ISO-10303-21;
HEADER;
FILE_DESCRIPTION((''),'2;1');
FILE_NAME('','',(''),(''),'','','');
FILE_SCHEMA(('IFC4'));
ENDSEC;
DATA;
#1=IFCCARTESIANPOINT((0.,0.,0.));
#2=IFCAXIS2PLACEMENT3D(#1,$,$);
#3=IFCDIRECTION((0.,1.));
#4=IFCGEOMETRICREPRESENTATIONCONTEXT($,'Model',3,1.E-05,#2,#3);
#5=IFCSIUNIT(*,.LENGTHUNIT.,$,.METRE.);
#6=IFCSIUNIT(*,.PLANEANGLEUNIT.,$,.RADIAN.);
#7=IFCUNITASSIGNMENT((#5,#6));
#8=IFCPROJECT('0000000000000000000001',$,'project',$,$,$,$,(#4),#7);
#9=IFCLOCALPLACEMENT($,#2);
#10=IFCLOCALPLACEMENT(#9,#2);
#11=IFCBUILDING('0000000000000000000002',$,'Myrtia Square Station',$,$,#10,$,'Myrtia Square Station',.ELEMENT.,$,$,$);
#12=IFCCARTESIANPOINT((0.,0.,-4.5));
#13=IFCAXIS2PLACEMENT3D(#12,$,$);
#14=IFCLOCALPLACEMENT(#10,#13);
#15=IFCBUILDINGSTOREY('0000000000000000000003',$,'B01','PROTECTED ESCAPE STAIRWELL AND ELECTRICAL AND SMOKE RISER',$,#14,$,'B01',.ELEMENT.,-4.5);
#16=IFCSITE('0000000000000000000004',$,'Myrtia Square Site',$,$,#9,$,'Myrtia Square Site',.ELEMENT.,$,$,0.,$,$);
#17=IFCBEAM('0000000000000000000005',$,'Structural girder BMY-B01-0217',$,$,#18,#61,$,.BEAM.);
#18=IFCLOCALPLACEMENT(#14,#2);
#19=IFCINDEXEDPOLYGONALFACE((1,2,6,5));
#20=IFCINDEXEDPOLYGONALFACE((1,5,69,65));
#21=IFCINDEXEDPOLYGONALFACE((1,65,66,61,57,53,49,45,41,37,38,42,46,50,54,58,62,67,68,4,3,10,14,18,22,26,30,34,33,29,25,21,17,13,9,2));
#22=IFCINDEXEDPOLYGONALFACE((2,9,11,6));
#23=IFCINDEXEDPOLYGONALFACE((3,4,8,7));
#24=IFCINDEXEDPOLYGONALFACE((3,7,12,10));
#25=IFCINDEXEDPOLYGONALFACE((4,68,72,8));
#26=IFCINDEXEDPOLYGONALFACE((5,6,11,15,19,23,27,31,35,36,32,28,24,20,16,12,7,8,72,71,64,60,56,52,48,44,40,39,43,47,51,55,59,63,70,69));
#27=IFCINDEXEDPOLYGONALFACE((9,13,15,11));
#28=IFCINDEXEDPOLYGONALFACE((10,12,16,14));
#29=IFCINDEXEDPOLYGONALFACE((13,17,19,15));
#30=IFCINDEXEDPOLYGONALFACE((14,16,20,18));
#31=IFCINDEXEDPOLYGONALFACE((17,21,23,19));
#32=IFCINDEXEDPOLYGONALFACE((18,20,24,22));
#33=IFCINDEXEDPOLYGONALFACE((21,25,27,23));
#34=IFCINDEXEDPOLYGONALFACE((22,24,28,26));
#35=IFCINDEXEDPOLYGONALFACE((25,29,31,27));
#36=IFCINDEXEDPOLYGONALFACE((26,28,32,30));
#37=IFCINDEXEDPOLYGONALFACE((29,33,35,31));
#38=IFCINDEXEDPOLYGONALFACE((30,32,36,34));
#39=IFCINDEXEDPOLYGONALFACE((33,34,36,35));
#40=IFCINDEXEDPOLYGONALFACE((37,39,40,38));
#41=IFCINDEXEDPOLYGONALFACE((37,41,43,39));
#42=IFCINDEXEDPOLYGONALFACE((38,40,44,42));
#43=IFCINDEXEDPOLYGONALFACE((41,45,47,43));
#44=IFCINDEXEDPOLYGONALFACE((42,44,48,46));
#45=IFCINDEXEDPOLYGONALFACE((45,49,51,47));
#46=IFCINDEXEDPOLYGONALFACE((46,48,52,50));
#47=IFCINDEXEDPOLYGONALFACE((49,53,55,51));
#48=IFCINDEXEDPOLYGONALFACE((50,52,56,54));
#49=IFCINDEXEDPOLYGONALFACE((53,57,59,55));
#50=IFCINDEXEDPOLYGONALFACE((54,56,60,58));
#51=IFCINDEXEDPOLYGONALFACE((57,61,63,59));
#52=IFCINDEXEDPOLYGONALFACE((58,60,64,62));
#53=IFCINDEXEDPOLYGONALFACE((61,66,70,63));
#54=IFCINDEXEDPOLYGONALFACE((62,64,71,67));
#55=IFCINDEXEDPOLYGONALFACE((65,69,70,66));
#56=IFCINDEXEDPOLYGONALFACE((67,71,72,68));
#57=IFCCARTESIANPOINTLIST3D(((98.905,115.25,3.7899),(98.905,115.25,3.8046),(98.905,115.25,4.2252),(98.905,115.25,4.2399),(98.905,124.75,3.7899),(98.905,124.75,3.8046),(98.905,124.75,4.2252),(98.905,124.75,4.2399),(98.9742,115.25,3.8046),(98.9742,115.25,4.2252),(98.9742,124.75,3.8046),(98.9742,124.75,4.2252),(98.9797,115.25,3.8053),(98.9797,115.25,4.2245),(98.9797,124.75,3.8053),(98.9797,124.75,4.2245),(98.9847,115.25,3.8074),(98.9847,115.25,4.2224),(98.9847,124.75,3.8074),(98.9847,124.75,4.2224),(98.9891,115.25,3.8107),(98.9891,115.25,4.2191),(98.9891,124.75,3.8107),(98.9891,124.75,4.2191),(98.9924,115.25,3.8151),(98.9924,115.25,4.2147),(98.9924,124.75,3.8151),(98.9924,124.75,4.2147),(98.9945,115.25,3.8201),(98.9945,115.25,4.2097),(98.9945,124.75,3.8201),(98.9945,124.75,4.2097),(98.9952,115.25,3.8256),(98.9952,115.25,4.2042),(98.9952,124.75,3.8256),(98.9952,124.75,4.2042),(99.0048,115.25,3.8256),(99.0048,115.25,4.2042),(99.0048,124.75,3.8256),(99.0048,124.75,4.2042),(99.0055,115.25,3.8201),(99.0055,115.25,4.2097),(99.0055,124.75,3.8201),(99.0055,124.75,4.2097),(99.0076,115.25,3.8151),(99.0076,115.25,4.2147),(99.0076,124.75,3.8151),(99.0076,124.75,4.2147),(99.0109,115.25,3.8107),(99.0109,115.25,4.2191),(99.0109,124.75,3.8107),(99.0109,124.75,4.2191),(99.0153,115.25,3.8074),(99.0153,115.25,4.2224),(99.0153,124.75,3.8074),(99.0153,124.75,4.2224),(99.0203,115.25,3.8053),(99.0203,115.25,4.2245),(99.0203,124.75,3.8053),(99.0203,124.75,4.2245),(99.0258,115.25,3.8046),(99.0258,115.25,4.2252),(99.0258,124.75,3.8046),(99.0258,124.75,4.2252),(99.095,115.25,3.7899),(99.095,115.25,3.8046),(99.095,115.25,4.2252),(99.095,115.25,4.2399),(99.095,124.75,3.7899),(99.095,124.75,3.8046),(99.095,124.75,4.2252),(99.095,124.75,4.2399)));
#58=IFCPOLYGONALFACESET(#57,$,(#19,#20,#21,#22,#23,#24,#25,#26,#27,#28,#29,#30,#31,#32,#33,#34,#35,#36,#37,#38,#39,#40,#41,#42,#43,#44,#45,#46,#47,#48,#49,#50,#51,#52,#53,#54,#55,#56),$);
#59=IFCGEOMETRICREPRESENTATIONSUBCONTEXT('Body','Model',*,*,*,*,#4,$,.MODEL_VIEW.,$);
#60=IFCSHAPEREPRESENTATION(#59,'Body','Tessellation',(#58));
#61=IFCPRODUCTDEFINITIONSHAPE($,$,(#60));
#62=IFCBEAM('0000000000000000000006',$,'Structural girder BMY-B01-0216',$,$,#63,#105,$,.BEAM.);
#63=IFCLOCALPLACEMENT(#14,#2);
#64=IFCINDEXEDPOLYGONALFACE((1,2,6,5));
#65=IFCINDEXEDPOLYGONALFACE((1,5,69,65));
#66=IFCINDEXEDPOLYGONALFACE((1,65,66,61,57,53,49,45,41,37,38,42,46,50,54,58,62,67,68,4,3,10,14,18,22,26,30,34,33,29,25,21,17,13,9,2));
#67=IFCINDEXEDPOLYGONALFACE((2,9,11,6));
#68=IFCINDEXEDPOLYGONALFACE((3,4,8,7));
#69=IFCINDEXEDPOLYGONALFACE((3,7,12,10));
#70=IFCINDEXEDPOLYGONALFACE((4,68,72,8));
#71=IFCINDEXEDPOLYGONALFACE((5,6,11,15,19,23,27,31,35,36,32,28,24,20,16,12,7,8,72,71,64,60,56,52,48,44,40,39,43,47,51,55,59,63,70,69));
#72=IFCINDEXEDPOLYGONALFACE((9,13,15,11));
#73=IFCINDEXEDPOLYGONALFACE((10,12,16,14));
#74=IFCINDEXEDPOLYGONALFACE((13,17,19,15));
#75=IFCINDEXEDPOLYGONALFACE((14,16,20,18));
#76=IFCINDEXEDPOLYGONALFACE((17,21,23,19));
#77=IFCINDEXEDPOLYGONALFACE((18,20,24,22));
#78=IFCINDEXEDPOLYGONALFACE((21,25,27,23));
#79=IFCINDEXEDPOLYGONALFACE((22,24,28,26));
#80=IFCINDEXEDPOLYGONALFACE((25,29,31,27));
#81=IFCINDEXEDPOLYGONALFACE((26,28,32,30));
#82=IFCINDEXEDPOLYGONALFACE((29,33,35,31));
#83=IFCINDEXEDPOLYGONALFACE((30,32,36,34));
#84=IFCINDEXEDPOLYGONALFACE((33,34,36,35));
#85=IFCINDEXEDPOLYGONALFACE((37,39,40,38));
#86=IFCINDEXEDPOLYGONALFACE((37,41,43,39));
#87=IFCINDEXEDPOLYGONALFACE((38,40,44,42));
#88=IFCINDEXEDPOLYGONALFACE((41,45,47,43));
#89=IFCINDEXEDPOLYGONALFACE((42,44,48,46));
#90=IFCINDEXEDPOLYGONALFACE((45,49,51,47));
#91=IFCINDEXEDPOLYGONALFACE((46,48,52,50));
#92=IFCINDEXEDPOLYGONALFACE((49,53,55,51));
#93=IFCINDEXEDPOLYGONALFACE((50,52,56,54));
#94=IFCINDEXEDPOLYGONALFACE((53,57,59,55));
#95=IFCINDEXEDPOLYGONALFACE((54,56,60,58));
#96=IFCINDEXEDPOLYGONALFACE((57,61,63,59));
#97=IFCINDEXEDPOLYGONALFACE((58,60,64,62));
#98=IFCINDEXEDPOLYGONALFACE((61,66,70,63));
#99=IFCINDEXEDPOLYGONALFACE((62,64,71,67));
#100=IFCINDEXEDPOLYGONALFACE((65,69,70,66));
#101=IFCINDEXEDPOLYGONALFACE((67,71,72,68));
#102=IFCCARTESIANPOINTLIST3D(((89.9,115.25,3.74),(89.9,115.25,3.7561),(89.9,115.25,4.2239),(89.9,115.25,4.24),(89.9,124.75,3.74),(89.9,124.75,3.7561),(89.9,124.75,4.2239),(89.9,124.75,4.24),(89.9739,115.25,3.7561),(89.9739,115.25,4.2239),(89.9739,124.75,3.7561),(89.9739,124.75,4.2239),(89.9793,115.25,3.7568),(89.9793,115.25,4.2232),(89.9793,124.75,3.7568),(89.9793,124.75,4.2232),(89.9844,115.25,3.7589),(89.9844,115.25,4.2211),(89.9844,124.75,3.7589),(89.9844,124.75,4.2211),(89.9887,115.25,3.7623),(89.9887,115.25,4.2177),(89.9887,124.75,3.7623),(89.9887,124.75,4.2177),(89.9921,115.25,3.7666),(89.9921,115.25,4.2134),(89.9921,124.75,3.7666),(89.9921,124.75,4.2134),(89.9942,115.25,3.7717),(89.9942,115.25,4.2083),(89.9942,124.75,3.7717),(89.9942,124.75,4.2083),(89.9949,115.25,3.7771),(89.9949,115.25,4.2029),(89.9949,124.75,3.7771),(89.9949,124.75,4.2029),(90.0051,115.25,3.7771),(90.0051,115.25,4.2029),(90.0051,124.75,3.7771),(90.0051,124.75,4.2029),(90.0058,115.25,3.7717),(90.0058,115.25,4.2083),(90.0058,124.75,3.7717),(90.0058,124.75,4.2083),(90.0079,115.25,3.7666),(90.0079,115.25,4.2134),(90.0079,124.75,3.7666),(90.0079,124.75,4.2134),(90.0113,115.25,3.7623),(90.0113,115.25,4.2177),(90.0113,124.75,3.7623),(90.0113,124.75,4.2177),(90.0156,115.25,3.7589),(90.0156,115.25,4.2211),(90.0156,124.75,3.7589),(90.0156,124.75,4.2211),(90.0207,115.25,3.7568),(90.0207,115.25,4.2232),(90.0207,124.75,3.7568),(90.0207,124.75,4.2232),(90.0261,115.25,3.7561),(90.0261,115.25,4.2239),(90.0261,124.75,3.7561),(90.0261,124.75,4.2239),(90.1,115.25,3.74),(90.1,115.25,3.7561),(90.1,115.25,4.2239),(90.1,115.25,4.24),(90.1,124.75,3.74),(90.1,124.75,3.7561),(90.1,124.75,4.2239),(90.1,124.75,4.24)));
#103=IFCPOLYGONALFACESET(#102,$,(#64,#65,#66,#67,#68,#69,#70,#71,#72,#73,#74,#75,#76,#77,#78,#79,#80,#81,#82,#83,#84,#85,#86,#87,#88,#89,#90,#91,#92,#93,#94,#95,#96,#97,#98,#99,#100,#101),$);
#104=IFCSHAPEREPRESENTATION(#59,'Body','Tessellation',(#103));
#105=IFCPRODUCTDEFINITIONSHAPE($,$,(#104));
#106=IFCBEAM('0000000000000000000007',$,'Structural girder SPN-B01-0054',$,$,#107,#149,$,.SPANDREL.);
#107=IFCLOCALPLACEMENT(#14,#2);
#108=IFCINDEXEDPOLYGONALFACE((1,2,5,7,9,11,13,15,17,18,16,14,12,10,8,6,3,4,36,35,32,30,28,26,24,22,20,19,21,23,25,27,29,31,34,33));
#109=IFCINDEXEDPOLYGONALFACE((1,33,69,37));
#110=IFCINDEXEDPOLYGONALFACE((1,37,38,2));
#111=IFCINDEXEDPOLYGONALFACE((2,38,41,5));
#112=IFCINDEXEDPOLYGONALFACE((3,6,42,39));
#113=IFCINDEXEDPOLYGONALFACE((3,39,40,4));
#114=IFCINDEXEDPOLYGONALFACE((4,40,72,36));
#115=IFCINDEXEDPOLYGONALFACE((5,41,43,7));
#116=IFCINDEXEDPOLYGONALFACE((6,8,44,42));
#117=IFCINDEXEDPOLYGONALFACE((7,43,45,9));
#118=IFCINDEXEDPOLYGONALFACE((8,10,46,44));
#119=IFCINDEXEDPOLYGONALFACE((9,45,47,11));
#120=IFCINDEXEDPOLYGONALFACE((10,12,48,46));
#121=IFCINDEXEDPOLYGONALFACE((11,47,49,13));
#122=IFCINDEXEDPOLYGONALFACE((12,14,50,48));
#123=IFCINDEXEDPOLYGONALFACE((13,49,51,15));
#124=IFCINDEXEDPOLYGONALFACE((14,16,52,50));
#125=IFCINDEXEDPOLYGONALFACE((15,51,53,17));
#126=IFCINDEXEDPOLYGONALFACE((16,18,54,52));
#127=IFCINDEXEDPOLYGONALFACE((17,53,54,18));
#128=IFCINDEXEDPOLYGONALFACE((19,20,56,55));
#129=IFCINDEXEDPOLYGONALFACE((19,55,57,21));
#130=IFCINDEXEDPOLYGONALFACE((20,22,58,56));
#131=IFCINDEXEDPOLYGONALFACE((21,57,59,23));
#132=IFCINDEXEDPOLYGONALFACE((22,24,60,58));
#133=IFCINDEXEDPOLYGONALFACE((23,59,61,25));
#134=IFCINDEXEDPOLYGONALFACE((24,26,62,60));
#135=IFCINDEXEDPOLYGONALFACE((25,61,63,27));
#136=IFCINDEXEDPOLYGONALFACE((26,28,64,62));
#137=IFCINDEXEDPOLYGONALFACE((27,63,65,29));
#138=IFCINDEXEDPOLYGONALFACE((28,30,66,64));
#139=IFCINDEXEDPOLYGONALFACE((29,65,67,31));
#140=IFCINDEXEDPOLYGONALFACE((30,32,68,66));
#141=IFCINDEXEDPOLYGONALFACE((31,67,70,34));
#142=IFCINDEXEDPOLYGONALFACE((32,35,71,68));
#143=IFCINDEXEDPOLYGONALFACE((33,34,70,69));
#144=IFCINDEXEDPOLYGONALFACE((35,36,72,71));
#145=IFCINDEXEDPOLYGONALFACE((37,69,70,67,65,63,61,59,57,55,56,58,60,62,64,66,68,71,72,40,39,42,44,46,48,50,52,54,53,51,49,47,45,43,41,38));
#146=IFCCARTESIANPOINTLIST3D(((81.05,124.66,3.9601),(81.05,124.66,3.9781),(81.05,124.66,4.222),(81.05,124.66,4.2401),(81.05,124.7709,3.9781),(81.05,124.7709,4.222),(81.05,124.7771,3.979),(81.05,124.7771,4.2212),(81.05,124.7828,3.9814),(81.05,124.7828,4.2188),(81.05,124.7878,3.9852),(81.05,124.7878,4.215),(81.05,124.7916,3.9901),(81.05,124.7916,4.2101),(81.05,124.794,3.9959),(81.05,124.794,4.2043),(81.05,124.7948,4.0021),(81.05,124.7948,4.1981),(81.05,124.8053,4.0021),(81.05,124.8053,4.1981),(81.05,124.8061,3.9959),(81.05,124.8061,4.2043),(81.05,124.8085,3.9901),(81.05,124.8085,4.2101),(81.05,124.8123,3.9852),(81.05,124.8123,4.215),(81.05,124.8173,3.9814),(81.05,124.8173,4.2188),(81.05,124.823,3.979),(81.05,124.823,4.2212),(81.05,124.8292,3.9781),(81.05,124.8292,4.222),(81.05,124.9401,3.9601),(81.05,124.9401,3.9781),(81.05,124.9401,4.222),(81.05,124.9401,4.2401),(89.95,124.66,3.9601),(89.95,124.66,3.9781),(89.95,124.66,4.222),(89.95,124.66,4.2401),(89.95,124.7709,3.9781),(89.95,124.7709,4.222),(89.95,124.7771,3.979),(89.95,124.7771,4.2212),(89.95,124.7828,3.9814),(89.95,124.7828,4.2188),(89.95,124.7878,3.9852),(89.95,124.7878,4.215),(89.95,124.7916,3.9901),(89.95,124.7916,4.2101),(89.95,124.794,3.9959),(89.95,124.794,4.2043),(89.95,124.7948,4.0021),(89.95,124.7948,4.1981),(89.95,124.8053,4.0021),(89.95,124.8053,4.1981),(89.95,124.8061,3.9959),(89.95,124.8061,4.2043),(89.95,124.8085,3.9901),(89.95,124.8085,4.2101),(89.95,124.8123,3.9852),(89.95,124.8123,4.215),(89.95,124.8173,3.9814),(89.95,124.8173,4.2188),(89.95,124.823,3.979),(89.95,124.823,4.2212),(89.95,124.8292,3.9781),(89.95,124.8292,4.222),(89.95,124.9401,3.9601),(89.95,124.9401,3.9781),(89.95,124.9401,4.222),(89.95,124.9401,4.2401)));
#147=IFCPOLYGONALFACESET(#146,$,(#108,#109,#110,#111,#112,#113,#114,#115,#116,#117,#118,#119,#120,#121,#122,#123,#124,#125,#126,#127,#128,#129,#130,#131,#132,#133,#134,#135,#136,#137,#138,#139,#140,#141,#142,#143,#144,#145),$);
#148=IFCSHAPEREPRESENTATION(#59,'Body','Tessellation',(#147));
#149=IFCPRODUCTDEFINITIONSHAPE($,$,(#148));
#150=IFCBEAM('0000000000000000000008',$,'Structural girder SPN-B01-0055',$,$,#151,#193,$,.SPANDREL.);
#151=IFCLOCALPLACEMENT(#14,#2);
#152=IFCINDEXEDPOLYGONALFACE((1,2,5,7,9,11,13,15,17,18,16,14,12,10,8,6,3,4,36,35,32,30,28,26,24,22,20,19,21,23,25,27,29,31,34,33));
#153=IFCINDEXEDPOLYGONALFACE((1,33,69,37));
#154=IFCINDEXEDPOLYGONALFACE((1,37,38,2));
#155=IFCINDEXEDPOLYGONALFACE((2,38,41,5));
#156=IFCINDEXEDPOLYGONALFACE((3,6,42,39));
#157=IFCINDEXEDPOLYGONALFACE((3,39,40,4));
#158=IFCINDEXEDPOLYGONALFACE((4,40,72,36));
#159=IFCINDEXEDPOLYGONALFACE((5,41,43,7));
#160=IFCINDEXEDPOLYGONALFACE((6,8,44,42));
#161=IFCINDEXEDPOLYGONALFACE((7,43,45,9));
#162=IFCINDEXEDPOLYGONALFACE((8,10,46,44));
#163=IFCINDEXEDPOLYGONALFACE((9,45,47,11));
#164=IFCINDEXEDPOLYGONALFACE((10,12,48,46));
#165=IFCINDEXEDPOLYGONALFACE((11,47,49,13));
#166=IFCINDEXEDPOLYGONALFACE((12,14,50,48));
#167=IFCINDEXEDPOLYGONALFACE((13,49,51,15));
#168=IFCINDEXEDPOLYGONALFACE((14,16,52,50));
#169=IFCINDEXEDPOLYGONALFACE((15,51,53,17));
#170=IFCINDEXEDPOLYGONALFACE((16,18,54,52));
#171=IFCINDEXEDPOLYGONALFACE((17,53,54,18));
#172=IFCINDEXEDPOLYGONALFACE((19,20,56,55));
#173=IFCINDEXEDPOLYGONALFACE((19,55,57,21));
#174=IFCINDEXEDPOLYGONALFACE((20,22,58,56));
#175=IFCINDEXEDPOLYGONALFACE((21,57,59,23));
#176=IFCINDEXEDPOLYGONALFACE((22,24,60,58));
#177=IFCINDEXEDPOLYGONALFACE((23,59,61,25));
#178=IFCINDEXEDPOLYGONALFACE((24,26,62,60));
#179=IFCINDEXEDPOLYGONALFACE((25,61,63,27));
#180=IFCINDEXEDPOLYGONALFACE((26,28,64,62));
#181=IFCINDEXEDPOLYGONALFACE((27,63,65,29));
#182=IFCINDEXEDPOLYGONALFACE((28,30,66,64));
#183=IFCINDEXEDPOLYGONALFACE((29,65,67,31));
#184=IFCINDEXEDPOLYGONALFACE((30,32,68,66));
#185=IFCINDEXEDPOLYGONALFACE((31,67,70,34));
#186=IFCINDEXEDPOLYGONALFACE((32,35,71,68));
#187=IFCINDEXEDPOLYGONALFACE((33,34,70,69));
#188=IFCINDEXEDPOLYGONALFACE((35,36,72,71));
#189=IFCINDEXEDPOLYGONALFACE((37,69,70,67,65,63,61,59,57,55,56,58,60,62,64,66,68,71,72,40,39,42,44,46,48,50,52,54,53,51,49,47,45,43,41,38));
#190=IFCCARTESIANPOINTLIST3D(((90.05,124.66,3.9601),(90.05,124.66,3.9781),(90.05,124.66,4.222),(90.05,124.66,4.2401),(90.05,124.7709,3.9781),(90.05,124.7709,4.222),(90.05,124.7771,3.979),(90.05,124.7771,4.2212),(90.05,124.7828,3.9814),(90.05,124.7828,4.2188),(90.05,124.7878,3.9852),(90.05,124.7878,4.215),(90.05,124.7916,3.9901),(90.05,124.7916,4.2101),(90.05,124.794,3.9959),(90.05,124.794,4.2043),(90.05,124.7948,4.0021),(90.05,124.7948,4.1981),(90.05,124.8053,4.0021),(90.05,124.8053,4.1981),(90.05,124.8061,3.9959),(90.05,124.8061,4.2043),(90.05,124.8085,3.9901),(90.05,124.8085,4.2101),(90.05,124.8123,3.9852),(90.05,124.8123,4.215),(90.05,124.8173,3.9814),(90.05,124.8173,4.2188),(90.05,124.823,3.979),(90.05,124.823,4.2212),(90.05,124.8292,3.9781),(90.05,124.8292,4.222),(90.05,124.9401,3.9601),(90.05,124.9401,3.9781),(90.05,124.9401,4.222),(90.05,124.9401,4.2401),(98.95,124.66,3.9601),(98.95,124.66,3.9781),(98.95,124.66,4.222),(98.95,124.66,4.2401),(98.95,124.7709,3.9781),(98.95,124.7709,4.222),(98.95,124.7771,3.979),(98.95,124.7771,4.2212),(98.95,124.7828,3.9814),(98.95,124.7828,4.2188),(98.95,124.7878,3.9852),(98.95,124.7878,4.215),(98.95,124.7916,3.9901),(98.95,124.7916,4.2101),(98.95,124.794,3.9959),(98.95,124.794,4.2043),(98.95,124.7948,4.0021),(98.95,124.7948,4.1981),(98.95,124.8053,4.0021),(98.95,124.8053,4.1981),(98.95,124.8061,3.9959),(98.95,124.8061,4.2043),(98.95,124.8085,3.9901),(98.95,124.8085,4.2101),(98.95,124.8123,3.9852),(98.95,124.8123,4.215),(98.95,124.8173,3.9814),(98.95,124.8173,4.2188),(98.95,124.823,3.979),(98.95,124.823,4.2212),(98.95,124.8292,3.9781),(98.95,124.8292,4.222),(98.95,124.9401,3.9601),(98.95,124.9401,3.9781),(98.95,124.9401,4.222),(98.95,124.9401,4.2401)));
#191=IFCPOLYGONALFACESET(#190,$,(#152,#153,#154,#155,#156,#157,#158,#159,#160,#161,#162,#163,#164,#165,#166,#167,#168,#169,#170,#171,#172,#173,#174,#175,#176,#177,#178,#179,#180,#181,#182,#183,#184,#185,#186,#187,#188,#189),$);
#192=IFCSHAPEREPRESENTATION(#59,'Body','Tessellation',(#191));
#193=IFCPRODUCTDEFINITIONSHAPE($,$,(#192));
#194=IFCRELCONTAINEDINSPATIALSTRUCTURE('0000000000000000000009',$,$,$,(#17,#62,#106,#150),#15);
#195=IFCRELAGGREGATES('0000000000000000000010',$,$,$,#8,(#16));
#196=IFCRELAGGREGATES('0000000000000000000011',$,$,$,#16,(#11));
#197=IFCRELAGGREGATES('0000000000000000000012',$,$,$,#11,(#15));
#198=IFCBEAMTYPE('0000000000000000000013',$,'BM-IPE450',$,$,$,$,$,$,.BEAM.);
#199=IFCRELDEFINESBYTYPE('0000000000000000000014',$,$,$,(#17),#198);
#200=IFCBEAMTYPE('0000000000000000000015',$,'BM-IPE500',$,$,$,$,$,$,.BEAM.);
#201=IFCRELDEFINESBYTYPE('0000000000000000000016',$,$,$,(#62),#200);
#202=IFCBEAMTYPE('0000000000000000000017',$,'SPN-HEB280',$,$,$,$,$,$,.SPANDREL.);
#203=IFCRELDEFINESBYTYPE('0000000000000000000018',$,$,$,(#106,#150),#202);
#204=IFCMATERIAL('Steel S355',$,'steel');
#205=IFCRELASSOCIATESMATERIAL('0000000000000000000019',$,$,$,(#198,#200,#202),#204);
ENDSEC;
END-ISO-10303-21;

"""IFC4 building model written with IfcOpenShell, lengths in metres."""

from ifc_helpers import new_model, si_unit, direction, frame, origin, origin_2d, place, context, subcontext, project, spatial, i_section, extrude, material, material_profile, profile_set, type_object, element, save


model = new_model("IFC4")

# Units and contexts
model_context = context("Model", 3, precision=1e-05, world=origin(), true_north=direction((0.0, 1.0)))
body_context = subcontext(model_context, "Body", "Model", "MODEL_VIEW")
ifc_project = project(units=[si_unit("LENGTHUNIT", "METRE"), si_unit("PLANEANGLEUNIT", "RADIAN")], contexts=[model_context])

# Site, building, storey
site_placement = place(None, origin())
site = spatial("IfcSite", under=ifc_project, at=site_placement, Name="Myrtia Square Site", LongName="Myrtia Square Site", CompositionType="ELEMENT", RefElevation=0.0)
building_placement = place(site_placement, origin())
building = spatial("IfcBuilding", under=site, at=building_placement, Name="Myrtia Square Station", LongName="Myrtia Square Station", CompositionType="ELEMENT")
storey_placement = place(building_placement, frame((0.0, 0.0, -4.5)))
storey = spatial("IfcBuildingStorey", under=building, at=storey_placement, Name="B01", Description="PROTECTED ESCAPE STAIRWELL AND ELECTRICAL AND SMOKE RISER", LongName="B01", CompositionType="ELEMENT", Elevation=-4.5)

# Beams
ifc_material_1 = material(Name="Steel S355", Category="steel")
ifc_material_profile_1 = material_profile(ifc_material_1, i_section(OverallWidth=0.1899, OverallDepth=0.45, WebThickness=0.0095, FlangeThickness=0.0146, FilletRadius=0.021, at=origin_2d()), Name="IPE 450")
ifc_profile_set_1 = profile_set([ifc_material_profile_1], Name="Steel S355")
beam_type_1 = type_object("IfcBeamType", Name="BM-IPE450", PredefinedType="BEAM", material=ifc_profile_set_1)
beam_1_placement = place(storey_placement, frame((99.0, 115.25, 4.0149), z_axis=(0.0, 1.0, 0.0), x_axis=(-1.0, 0.0, 0.0)))
element("IfcBeam", 1, at=beam_1_placement, inside=storey, type_object=beam_type_1, Name="Structural girder BMY-B01-0217", PredefinedType="BEAM", context=body_context, shape_type="SweptSolid", body=[
    extrude(i_section(OverallWidth=0.1899, OverallDepth=0.45, WebThickness=0.0095, FlangeThickness=0.0146, FilletRadius=0.021, at=origin_2d()), origin(), (0.0, 0.0, 1.0), 9.5),
])
ifc_material_profile_2 = material_profile(ifc_material_1, i_section(OverallWidth=0.2, OverallDepth=0.5, WebThickness=0.0103, FlangeThickness=0.0161, FilletRadius=0.021, at=origin_2d()), Name="IPE 500")
ifc_profile_set_2 = profile_set([ifc_material_profile_2], Name="Steel S355")
beam_type_2 = type_object("IfcBeamType", Name="BM-IPE500", PredefinedType="BEAM", material=ifc_profile_set_2)
beam_2_placement = place(storey_placement, frame((90.0, 115.25, 3.99), z_axis=(0.0, 1.0, 0.0), x_axis=(-1.0, 0.0, 0.0)))
element("IfcBeam", 2, at=beam_2_placement, inside=storey, type_object=beam_type_2, Name="Structural girder BMY-B01-0216", PredefinedType="BEAM", context=body_context, shape_type="SweptSolid", body=[
    extrude(i_section(OverallWidth=0.2, OverallDepth=0.5, WebThickness=0.0103, FlangeThickness=0.0161, FilletRadius=0.021, at=origin_2d()), origin(), (0.0, 0.0, 1.0), 9.5),
])
ifc_material_profile_3 = material_profile(ifc_material_1, i_section(OverallWidth=0.28, OverallDepth=0.28, WebThickness=0.0105, FlangeThickness=0.0181, FilletRadius=0.0239, at=origin_2d()), Name="HEB 280")
ifc_profile_set_3 = profile_set([ifc_material_profile_3], Name="Steel S355")
beam_type_3 = type_object("IfcBeamType", Name="SPN-HEB280", PredefinedType="SPANDREL", material=ifc_profile_set_3)
for number, where, z_axis, x_axis, name in (
    (3, (81.05, 124.8, 4.1001), (1.0, 0.0, 0.0), (0.0, 1.0, 0.0), "Structural girder SPN-B01-0054"),
    (4, (90.05, 124.8, 4.1001), (1.0, 0.0, 0.0), (0.0, 1.0, 0.0), "Structural girder SPN-B01-0055"),
):
    element("IfcBeam", number, at=place(storey_placement, frame(where, z_axis=z_axis, x_axis=x_axis)), inside=storey, type_object=beam_type_3, Name=name, PredefinedType="SPANDREL", context=body_context, shape_type="SweptSolid", body=[
        extrude(i_section(OverallWidth=0.28, OverallDepth=0.28, WebThickness=0.0105, FlangeThickness=0.0181, FilletRadius=0.0239, at=origin_2d()), origin(), (0.0, 0.0, 1.0), 8.8999),
    ])

save(model, "model.ifc")
